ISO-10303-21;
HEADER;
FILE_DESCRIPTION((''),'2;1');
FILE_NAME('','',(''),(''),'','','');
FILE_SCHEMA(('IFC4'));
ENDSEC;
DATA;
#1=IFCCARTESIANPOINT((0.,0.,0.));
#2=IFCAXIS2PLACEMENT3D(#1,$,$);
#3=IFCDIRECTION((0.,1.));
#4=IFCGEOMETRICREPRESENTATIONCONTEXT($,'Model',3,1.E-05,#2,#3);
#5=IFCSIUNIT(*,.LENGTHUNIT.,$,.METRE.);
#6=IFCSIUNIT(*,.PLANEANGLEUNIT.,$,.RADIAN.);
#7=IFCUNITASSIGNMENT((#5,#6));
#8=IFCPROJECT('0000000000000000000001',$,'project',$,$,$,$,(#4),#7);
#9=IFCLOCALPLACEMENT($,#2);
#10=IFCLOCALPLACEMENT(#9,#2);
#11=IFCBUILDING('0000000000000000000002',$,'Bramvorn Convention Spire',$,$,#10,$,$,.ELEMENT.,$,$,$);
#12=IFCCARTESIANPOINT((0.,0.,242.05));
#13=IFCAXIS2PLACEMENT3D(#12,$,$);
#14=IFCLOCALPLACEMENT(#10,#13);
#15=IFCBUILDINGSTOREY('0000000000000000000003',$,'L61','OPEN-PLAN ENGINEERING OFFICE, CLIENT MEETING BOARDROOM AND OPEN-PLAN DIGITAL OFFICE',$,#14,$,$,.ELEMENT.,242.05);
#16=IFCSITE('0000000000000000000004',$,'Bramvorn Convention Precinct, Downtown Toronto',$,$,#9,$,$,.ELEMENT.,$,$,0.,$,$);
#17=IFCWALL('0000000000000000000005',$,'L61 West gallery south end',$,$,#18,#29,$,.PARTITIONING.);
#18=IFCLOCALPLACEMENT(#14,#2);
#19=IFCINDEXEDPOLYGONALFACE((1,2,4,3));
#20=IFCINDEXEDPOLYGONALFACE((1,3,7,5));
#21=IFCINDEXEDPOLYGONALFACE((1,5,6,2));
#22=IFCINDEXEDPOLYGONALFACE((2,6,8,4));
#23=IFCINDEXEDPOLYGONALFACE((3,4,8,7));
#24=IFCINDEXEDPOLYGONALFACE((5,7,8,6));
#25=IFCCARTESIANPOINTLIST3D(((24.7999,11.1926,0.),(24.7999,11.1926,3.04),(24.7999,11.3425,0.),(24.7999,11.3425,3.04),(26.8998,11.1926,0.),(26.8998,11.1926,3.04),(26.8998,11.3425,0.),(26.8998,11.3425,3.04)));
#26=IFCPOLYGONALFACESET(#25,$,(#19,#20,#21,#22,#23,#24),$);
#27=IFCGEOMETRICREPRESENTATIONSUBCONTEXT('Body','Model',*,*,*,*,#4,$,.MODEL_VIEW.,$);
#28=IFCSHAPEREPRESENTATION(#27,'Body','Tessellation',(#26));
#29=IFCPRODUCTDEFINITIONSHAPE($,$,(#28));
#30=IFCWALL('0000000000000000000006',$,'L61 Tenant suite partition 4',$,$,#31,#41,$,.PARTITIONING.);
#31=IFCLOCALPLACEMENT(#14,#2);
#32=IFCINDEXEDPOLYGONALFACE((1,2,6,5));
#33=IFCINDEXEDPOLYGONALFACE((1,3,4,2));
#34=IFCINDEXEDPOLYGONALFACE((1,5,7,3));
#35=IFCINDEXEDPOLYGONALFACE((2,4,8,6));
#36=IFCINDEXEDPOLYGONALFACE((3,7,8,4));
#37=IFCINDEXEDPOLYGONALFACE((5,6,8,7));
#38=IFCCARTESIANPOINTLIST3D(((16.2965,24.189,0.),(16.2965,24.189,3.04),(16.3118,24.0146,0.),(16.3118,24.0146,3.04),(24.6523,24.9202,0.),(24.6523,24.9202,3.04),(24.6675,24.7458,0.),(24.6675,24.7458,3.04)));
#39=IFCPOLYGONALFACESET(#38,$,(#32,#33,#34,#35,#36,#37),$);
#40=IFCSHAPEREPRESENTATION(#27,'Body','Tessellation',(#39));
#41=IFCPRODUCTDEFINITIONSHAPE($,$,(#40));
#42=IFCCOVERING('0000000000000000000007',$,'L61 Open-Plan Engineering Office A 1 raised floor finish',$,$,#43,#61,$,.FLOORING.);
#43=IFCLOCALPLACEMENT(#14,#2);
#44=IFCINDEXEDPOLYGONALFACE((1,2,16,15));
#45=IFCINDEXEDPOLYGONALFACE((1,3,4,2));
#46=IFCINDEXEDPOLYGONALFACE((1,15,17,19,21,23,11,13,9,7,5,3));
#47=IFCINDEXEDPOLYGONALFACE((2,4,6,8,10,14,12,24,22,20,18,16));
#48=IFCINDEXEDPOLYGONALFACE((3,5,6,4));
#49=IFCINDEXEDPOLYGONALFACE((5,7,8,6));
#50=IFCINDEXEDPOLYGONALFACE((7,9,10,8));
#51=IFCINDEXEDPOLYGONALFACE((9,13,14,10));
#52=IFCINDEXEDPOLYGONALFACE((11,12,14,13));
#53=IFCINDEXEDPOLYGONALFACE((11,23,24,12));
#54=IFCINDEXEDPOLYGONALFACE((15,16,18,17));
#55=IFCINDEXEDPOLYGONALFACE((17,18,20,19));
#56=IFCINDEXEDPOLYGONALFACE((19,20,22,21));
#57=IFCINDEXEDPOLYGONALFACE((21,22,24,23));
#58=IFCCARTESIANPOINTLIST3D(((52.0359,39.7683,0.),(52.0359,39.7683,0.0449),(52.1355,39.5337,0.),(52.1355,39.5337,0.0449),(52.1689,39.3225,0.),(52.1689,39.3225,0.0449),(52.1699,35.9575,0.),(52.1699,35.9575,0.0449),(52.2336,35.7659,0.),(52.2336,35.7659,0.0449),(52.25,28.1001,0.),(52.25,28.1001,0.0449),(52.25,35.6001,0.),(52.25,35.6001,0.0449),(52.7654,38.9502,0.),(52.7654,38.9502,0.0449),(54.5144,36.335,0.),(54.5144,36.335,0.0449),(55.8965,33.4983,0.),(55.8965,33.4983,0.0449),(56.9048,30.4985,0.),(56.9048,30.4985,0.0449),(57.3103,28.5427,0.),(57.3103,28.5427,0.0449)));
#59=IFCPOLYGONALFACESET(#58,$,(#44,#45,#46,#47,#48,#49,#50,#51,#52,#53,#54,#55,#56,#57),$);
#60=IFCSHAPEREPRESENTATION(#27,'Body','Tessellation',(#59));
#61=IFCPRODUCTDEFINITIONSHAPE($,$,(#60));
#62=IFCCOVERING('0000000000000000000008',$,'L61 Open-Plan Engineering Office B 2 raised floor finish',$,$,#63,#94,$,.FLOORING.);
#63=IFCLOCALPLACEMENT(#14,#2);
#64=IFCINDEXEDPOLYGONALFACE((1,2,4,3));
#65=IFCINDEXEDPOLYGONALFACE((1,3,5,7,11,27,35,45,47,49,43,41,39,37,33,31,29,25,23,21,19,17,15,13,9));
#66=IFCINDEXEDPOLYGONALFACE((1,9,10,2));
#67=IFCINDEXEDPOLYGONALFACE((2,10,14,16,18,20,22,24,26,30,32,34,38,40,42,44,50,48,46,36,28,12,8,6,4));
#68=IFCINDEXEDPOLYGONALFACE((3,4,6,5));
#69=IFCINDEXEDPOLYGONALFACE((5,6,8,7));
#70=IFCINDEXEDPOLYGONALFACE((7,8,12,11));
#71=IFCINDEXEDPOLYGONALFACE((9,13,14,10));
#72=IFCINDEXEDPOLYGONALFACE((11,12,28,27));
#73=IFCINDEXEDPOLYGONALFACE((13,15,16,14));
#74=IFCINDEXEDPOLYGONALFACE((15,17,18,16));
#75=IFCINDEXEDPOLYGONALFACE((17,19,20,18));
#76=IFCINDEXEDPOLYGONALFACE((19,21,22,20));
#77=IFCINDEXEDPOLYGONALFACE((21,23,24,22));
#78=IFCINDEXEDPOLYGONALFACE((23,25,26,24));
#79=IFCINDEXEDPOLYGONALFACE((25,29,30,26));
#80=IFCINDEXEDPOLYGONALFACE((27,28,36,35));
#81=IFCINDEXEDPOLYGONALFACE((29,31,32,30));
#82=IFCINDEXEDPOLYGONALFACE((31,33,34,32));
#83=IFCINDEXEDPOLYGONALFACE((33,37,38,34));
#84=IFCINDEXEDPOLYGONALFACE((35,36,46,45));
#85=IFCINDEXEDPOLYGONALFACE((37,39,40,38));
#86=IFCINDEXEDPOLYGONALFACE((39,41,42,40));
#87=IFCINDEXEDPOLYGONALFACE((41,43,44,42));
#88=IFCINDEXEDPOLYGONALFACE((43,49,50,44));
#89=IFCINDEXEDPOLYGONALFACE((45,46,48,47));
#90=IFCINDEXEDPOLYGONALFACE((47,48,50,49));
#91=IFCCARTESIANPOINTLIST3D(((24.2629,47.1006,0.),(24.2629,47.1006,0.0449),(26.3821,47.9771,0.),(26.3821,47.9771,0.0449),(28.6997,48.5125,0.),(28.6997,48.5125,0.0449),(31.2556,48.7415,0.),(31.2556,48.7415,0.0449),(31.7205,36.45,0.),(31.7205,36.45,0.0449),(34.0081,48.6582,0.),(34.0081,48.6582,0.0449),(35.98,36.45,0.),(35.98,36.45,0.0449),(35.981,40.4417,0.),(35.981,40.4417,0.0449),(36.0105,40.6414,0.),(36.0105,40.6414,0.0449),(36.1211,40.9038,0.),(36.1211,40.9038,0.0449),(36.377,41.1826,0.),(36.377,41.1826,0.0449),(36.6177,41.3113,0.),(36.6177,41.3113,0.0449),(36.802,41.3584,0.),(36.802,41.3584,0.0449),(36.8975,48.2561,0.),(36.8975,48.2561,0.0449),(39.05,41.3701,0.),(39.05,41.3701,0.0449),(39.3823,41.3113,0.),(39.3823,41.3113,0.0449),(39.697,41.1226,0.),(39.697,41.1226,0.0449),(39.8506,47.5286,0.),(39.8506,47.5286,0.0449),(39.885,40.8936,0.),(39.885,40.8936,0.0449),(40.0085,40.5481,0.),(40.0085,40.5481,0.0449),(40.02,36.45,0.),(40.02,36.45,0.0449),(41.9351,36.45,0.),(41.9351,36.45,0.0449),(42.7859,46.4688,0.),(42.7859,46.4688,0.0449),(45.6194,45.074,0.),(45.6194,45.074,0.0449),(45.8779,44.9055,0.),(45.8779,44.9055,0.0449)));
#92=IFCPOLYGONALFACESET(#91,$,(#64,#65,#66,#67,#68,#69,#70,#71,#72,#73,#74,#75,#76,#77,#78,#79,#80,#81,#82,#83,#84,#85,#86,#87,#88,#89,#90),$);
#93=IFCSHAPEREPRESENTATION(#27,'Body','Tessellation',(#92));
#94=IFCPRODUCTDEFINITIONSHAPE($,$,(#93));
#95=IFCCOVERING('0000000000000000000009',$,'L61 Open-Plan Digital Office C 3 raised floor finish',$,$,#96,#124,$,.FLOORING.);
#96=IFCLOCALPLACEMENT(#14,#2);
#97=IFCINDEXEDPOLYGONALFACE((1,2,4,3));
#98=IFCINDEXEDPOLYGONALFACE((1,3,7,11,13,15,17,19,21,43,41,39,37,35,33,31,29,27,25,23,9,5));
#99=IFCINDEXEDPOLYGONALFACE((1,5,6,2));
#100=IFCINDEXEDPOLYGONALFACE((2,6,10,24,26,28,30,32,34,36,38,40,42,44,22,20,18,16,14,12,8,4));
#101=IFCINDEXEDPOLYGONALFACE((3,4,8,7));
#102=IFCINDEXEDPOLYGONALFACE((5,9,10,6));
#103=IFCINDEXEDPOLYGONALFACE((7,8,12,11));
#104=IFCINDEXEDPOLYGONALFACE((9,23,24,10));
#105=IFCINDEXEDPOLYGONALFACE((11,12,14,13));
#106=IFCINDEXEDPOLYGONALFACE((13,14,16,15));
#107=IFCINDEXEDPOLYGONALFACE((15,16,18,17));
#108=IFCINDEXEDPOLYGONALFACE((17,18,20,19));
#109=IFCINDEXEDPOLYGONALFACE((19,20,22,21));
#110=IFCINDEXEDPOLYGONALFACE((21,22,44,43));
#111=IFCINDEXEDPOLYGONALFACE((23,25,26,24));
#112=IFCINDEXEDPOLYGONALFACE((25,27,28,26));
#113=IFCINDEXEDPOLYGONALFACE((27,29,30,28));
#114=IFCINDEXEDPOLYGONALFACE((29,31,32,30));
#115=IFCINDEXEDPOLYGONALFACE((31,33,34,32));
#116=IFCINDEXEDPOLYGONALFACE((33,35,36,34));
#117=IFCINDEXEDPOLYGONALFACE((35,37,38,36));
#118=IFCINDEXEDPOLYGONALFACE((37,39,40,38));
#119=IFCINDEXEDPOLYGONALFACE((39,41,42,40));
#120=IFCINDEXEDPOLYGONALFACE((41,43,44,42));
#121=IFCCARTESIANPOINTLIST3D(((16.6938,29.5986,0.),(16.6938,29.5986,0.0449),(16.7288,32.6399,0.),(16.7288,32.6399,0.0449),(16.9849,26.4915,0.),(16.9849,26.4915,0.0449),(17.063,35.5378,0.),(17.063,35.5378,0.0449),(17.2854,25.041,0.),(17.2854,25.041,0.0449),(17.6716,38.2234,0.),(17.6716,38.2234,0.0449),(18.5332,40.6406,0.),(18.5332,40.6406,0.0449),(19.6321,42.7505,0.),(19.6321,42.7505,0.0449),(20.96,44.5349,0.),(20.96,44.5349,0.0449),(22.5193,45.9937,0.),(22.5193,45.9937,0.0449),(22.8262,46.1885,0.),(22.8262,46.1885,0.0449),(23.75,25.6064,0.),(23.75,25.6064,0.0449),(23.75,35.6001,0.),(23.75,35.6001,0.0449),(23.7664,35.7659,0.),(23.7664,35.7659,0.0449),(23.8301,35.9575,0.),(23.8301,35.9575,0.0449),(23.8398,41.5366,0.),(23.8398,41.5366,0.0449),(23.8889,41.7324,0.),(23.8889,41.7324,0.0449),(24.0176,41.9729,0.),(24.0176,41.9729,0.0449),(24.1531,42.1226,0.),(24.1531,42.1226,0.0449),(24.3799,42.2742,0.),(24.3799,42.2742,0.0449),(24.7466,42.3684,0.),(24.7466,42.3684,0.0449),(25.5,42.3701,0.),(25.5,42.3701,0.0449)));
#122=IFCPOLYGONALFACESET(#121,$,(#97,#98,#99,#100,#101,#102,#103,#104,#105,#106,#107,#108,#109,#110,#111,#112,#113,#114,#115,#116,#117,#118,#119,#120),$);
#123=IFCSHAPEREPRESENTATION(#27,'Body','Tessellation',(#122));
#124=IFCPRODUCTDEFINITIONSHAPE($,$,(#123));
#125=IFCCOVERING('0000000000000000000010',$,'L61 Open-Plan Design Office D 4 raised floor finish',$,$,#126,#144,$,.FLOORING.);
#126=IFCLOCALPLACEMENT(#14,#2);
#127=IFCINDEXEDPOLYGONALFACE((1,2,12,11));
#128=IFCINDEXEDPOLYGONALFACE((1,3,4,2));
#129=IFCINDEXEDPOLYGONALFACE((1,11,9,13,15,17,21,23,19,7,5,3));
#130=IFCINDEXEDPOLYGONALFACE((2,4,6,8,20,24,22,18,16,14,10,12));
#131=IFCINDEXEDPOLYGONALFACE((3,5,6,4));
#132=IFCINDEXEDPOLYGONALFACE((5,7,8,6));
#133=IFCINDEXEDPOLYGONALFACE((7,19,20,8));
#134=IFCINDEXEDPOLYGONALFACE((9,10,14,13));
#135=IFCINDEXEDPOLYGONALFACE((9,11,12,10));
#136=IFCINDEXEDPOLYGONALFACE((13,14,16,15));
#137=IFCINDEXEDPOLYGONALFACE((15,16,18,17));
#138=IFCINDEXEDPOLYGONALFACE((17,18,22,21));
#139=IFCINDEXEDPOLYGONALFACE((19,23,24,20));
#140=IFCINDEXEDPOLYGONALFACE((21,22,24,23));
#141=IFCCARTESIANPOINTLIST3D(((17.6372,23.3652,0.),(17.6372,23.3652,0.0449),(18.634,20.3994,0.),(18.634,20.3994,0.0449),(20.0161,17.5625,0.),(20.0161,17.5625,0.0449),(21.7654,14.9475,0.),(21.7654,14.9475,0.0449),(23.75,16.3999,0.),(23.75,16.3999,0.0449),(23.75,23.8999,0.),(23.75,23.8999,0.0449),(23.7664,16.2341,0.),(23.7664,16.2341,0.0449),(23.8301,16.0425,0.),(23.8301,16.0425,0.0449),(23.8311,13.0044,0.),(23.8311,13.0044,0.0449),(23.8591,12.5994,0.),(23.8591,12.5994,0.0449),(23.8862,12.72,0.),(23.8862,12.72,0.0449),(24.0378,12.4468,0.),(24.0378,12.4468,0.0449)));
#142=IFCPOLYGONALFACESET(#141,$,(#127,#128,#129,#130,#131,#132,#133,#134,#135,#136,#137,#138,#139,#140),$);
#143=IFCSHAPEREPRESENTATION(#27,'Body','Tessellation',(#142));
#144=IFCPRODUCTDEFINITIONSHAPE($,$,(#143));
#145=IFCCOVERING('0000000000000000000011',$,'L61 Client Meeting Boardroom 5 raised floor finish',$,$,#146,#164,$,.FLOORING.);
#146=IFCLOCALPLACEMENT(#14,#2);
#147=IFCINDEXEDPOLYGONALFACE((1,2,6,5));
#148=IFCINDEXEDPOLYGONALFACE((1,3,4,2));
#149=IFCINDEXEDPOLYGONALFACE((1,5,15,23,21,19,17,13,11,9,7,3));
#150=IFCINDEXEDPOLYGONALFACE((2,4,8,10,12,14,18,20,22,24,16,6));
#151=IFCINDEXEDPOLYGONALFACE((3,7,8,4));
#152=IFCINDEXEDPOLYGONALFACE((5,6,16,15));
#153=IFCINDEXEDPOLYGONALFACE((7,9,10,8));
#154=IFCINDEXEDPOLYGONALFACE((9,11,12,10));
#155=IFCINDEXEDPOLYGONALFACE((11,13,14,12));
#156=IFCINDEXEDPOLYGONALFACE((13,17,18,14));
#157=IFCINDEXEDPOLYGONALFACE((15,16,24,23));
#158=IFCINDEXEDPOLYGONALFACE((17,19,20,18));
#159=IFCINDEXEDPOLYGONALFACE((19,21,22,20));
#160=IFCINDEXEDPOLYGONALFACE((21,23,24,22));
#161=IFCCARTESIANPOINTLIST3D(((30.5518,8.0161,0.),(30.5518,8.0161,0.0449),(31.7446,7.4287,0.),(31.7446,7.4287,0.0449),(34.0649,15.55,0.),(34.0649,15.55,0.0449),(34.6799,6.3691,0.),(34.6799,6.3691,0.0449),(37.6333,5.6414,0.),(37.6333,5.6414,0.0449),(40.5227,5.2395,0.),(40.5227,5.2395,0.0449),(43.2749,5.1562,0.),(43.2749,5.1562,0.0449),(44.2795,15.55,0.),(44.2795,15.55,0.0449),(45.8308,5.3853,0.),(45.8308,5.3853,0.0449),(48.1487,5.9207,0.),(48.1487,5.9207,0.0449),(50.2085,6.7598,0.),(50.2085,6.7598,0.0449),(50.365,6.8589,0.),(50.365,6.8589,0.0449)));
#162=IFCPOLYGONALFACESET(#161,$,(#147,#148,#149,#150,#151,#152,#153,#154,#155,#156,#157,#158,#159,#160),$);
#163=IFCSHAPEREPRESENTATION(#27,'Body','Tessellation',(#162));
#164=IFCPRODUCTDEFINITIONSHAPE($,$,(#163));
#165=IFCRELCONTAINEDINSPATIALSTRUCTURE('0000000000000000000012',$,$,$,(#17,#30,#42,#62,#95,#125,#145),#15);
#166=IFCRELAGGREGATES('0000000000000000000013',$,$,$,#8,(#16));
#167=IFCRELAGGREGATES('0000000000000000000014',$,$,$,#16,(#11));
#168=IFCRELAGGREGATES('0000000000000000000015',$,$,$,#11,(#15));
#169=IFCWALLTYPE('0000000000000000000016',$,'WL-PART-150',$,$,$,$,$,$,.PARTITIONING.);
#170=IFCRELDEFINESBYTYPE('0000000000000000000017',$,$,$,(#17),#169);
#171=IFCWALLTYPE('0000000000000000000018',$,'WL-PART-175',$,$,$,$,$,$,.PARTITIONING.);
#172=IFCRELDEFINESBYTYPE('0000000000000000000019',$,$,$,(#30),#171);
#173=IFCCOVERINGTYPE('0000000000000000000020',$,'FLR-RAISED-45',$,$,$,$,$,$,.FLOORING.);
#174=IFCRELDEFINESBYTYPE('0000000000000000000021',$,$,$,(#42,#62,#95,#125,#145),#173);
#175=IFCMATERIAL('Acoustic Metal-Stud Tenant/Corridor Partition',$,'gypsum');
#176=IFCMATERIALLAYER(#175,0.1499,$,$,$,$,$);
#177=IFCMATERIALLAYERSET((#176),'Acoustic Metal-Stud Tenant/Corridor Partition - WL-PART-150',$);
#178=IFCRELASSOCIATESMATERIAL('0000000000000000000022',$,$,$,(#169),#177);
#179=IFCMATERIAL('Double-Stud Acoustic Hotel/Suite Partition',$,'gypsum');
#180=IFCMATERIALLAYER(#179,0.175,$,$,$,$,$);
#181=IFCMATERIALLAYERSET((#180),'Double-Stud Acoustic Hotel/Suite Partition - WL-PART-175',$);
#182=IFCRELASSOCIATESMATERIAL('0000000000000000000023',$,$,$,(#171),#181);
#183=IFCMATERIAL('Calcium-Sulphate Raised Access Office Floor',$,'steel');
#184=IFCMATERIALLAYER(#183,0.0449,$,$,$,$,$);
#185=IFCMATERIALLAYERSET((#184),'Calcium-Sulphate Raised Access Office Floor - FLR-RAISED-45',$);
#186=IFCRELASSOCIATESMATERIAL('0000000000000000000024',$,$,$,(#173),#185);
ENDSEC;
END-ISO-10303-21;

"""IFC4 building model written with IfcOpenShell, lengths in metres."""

from ifc_helpers import new_model, si_unit, direction, frame, frame_2d, origin, place, context, subcontext, project, spatial, polyline, rectangle, outline, extrude, material, layer, layer_set, type_object, element, save


model = new_model("IFC4")

# Units and contexts
model_context = context("Model", 3, precision=1e-05, world=origin(), true_north=direction((0.0, 1.0)))
body_context = subcontext(model_context, "Body", "Model", "MODEL_VIEW")
ifc_project = project(units=[si_unit("LENGTHUNIT", "METRE"), si_unit("PLANEANGLEUNIT", "RADIAN")], contexts=[model_context])

# Site, building, storey
site_placement = place(None, origin())
site = spatial("IfcSite", under=ifc_project, at=site_placement, Name="Bramvorn Convention Precinct, Downtown Toronto", CompositionType="ELEMENT", RefElevation=0.0)
building_placement = place(site_placement, origin())
building = spatial("IfcBuilding", under=site, at=building_placement, Name="Bramvorn Convention Spire", CompositionType="ELEMENT")
storey_placement = place(building_placement, frame((0.0, 0.0, 242.05)))
storey = spatial("IfcBuildingStorey", under=building, at=storey_placement, Name="L61", Description="OPEN-PLAN ENGINEERING OFFICE, CLIENT MEETING BOARDROOM AND OPEN-PLAN DIGITAL OFFICE", CompositionType="ELEMENT", Elevation=242.05)

# Shared definitions
ifc_material_1 = material(Name="Acoustic Metal-Stud Tenant/Corridor Partition", Category="gypsum")
ifc_layer_1 = layer(ifc_material_1, 0.1499)
ifc_layer_set_1 = layer_set([ifc_layer_1], Name="Acoustic Metal-Stud Tenant/Corridor Partition - WL-PART-150")
wall_type_1 = type_object("IfcWallType", Name="WL-PART-150", PredefinedType="PARTITIONING", material=ifc_layer_set_1)

# Walls
wall_1_placement = place(storey_placement, frame((24.8, 11.2676, 0.0), z_axis=(0.0, 0.0, 1.0), x_axis=(1.0, 0.0, 0.0)))
element("IfcWall", 1, at=wall_1_placement, inside=storey, type_object=wall_type_1, Name="L61 West gallery south end", PredefinedType="PARTITIONING", context=body_context, shape_type="SweptSolid", body=[
    extrude(rectangle(XDim=2.0999, YDim=0.1499, at=frame_2d((1.0498, 0.0))), origin(), (0.0, 0.0, 1.0), 3.04),
])
ifc_material_2 = material(Name="Double-Stud Acoustic Hotel/Suite Partition", Category="gypsum")
ifc_layer_2 = layer(ifc_material_2, 0.175)
ifc_layer_set_2 = layer_set([ifc_layer_2], Name="Double-Stud Acoustic Hotel/Suite Partition - WL-PART-175")
wall_type_2 = type_object("IfcWallType", Name="WL-PART-175", PredefinedType="PARTITIONING", material=ifc_layer_set_2)
wall_2_placement = place(storey_placement, frame((24.6599, 24.833, 0.0), z_axis=(0.0, 0.0, 1.0), x_axis=(-0.996193, -0.087176, 0.0)))
element("IfcWall", 2, at=wall_2_placement, inside=storey, type_object=wall_type_2, Name="L61 Tenant suite partition 4", PredefinedType="PARTITIONING", context=body_context, shape_type="SweptSolid", body=[
    extrude(rectangle(XDim=8.3877, YDim=0.175, at=frame_2d((4.1938, 0.0))), origin(), (0.0, 0.0, 1.0), 3.04),
])

# Coverings
ifc_material_3 = material(Name="Calcium-Sulphate Raised Access Office Floor", Category="steel")
ifc_layer_3 = layer(ifc_material_3, 0.0449)
ifc_layer_set_3 = layer_set([ifc_layer_3], Name="Calcium-Sulphate Raised Access Office Floor - FLR-RAISED-45")
covering_type = type_object("IfcCoveringType", Name="FLR-RAISED-45", PredefinedType="FLOORING", material=ifc_layer_set_3)
covering_1_placement = place(storey_placement, origin())
element("IfcCovering", 3, at=covering_1_placement, inside=storey, type_object=covering_type, Name="L61 Open-Plan Engineering Office A 1 raised floor finish", PredefinedType="FLOORING", context=body_context, shape_type="SweptSolid", body=[
    extrude(outline(polyline([(52.1355, 39.5337), (52.1689, 39.3225), (52.1699, 35.9575), (52.2336, 35.7659), (52.25, 35.6001), (52.25, 28.1001), (57.3103, 28.5427), (56.9048, 30.4985), (55.8965, 33.4983), (54.5144, 36.335), (52.7654, 38.9502), (52.0359, 39.7683), (52.1355, 39.5337)])), origin(), (0.0, 0.0, 1.0), 0.0449),
])
covering_2_placement = place(storey_placement, origin())
element("IfcCovering", 4, at=covering_2_placement, inside=storey, type_object=covering_type, Name="L61 Open-Plan Engineering Office B 2 raised floor finish", PredefinedType="FLOORING", context=body_context, shape_type="SweptSolid", body=[
    extrude(outline(polyline([(24.2629, 47.1006), (31.7205, 36.45), (35.98, 36.45), (35.981, 40.4417), (36.0105, 40.6414), (36.1211, 40.9038), (36.377, 41.1826), (36.6177, 41.3113), (36.802, 41.3584), (39.05, 41.3701), (39.3823, 41.3113), (39.697, 41.1226), (39.885, 40.8936), (40.0085, 40.5481), (40.02, 36.45), (41.9351, 36.45), (45.8779, 44.9055), (45.6194, 45.074), (42.7859, 46.4688), (39.8506, 47.5286), (36.8975, 48.2561), (34.0081, 48.6582), (31.2556, 48.7415), (28.6997, 48.5125), (26.3821, 47.9771), (24.2629, 47.1006)])), origin(), (0.0, 0.0, 1.0), 0.0449),
])
covering_3_placement = place(storey_placement, origin())
element("IfcCovering", 5, at=covering_3_placement, inside=storey, type_object=covering_type, Name="L61 Open-Plan Digital Office C 3 raised floor finish", PredefinedType="FLOORING", context=body_context, shape_type="SweptSolid", body=[
    extrude(outline(polyline([(16.9849, 26.4915), (17.2854, 25.041), (23.75, 25.6064), (23.75, 35.6001), (23.7664, 35.7659), (23.8301, 35.9575), (23.8398, 41.5366), (23.8889, 41.7324), (24.0176, 41.9729), (24.1531, 42.1226), (24.3799, 42.2742), (24.7466, 42.3684), (25.5, 42.3701), (22.8262, 46.1885), (22.5193, 45.9937), (20.96, 44.5349), (19.6321, 42.7505), (18.5332, 40.6406), (17.6716, 38.2234), (17.063, 35.5378), (16.7288, 32.6399), (16.6938, 29.5986), (16.9849, 26.4915)])), origin(), (0.0, 0.0, 1.0), 0.0449),
])
covering_4_placement = place(storey_placement, origin())
element("IfcCovering", 6, at=covering_4_placement, inside=storey, type_object=covering_type, Name="L61 Open-Plan Design Office D 4 raised floor finish", PredefinedType="FLOORING", context=body_context, shape_type="SweptSolid", body=[
    extrude(outline(polyline([(18.634, 20.3994), (20.0161, 17.5625), (21.7654, 14.9475), (23.8591, 12.5994), (24.0378, 12.4468), (23.8862, 12.72), (23.8311, 13.0044), (23.8301, 16.0425), (23.7664, 16.2341), (23.75, 16.3999), (23.75, 23.8999), (17.6372, 23.3652), (18.634, 20.3994)])), origin(), (0.0, 0.0, 1.0), 0.0449),
])
covering_5_placement = place(storey_placement, origin())
element("IfcCovering", 7, at=covering_5_placement, inside=storey, type_object=covering_type, Name="L61 Client Meeting Boardroom 5 raised floor finish", PredefinedType="FLOORING", context=body_context, shape_type="SweptSolid", body=[
    extrude(outline(polyline([(45.8308, 5.3853), (48.1487, 5.9207), (50.2085, 6.7598), (50.365, 6.8589), (44.2795, 15.55), (34.0649, 15.55), (30.5518, 8.0161), (31.7446, 7.4287), (34.6799, 6.3691), (37.6333, 5.6414), (40.5227, 5.2395), (43.2749, 5.1562), (45.8308, 5.3853)])), origin(), (0.0, 0.0, 1.0), 0.0449),
])

save(model, "model.ifc")
